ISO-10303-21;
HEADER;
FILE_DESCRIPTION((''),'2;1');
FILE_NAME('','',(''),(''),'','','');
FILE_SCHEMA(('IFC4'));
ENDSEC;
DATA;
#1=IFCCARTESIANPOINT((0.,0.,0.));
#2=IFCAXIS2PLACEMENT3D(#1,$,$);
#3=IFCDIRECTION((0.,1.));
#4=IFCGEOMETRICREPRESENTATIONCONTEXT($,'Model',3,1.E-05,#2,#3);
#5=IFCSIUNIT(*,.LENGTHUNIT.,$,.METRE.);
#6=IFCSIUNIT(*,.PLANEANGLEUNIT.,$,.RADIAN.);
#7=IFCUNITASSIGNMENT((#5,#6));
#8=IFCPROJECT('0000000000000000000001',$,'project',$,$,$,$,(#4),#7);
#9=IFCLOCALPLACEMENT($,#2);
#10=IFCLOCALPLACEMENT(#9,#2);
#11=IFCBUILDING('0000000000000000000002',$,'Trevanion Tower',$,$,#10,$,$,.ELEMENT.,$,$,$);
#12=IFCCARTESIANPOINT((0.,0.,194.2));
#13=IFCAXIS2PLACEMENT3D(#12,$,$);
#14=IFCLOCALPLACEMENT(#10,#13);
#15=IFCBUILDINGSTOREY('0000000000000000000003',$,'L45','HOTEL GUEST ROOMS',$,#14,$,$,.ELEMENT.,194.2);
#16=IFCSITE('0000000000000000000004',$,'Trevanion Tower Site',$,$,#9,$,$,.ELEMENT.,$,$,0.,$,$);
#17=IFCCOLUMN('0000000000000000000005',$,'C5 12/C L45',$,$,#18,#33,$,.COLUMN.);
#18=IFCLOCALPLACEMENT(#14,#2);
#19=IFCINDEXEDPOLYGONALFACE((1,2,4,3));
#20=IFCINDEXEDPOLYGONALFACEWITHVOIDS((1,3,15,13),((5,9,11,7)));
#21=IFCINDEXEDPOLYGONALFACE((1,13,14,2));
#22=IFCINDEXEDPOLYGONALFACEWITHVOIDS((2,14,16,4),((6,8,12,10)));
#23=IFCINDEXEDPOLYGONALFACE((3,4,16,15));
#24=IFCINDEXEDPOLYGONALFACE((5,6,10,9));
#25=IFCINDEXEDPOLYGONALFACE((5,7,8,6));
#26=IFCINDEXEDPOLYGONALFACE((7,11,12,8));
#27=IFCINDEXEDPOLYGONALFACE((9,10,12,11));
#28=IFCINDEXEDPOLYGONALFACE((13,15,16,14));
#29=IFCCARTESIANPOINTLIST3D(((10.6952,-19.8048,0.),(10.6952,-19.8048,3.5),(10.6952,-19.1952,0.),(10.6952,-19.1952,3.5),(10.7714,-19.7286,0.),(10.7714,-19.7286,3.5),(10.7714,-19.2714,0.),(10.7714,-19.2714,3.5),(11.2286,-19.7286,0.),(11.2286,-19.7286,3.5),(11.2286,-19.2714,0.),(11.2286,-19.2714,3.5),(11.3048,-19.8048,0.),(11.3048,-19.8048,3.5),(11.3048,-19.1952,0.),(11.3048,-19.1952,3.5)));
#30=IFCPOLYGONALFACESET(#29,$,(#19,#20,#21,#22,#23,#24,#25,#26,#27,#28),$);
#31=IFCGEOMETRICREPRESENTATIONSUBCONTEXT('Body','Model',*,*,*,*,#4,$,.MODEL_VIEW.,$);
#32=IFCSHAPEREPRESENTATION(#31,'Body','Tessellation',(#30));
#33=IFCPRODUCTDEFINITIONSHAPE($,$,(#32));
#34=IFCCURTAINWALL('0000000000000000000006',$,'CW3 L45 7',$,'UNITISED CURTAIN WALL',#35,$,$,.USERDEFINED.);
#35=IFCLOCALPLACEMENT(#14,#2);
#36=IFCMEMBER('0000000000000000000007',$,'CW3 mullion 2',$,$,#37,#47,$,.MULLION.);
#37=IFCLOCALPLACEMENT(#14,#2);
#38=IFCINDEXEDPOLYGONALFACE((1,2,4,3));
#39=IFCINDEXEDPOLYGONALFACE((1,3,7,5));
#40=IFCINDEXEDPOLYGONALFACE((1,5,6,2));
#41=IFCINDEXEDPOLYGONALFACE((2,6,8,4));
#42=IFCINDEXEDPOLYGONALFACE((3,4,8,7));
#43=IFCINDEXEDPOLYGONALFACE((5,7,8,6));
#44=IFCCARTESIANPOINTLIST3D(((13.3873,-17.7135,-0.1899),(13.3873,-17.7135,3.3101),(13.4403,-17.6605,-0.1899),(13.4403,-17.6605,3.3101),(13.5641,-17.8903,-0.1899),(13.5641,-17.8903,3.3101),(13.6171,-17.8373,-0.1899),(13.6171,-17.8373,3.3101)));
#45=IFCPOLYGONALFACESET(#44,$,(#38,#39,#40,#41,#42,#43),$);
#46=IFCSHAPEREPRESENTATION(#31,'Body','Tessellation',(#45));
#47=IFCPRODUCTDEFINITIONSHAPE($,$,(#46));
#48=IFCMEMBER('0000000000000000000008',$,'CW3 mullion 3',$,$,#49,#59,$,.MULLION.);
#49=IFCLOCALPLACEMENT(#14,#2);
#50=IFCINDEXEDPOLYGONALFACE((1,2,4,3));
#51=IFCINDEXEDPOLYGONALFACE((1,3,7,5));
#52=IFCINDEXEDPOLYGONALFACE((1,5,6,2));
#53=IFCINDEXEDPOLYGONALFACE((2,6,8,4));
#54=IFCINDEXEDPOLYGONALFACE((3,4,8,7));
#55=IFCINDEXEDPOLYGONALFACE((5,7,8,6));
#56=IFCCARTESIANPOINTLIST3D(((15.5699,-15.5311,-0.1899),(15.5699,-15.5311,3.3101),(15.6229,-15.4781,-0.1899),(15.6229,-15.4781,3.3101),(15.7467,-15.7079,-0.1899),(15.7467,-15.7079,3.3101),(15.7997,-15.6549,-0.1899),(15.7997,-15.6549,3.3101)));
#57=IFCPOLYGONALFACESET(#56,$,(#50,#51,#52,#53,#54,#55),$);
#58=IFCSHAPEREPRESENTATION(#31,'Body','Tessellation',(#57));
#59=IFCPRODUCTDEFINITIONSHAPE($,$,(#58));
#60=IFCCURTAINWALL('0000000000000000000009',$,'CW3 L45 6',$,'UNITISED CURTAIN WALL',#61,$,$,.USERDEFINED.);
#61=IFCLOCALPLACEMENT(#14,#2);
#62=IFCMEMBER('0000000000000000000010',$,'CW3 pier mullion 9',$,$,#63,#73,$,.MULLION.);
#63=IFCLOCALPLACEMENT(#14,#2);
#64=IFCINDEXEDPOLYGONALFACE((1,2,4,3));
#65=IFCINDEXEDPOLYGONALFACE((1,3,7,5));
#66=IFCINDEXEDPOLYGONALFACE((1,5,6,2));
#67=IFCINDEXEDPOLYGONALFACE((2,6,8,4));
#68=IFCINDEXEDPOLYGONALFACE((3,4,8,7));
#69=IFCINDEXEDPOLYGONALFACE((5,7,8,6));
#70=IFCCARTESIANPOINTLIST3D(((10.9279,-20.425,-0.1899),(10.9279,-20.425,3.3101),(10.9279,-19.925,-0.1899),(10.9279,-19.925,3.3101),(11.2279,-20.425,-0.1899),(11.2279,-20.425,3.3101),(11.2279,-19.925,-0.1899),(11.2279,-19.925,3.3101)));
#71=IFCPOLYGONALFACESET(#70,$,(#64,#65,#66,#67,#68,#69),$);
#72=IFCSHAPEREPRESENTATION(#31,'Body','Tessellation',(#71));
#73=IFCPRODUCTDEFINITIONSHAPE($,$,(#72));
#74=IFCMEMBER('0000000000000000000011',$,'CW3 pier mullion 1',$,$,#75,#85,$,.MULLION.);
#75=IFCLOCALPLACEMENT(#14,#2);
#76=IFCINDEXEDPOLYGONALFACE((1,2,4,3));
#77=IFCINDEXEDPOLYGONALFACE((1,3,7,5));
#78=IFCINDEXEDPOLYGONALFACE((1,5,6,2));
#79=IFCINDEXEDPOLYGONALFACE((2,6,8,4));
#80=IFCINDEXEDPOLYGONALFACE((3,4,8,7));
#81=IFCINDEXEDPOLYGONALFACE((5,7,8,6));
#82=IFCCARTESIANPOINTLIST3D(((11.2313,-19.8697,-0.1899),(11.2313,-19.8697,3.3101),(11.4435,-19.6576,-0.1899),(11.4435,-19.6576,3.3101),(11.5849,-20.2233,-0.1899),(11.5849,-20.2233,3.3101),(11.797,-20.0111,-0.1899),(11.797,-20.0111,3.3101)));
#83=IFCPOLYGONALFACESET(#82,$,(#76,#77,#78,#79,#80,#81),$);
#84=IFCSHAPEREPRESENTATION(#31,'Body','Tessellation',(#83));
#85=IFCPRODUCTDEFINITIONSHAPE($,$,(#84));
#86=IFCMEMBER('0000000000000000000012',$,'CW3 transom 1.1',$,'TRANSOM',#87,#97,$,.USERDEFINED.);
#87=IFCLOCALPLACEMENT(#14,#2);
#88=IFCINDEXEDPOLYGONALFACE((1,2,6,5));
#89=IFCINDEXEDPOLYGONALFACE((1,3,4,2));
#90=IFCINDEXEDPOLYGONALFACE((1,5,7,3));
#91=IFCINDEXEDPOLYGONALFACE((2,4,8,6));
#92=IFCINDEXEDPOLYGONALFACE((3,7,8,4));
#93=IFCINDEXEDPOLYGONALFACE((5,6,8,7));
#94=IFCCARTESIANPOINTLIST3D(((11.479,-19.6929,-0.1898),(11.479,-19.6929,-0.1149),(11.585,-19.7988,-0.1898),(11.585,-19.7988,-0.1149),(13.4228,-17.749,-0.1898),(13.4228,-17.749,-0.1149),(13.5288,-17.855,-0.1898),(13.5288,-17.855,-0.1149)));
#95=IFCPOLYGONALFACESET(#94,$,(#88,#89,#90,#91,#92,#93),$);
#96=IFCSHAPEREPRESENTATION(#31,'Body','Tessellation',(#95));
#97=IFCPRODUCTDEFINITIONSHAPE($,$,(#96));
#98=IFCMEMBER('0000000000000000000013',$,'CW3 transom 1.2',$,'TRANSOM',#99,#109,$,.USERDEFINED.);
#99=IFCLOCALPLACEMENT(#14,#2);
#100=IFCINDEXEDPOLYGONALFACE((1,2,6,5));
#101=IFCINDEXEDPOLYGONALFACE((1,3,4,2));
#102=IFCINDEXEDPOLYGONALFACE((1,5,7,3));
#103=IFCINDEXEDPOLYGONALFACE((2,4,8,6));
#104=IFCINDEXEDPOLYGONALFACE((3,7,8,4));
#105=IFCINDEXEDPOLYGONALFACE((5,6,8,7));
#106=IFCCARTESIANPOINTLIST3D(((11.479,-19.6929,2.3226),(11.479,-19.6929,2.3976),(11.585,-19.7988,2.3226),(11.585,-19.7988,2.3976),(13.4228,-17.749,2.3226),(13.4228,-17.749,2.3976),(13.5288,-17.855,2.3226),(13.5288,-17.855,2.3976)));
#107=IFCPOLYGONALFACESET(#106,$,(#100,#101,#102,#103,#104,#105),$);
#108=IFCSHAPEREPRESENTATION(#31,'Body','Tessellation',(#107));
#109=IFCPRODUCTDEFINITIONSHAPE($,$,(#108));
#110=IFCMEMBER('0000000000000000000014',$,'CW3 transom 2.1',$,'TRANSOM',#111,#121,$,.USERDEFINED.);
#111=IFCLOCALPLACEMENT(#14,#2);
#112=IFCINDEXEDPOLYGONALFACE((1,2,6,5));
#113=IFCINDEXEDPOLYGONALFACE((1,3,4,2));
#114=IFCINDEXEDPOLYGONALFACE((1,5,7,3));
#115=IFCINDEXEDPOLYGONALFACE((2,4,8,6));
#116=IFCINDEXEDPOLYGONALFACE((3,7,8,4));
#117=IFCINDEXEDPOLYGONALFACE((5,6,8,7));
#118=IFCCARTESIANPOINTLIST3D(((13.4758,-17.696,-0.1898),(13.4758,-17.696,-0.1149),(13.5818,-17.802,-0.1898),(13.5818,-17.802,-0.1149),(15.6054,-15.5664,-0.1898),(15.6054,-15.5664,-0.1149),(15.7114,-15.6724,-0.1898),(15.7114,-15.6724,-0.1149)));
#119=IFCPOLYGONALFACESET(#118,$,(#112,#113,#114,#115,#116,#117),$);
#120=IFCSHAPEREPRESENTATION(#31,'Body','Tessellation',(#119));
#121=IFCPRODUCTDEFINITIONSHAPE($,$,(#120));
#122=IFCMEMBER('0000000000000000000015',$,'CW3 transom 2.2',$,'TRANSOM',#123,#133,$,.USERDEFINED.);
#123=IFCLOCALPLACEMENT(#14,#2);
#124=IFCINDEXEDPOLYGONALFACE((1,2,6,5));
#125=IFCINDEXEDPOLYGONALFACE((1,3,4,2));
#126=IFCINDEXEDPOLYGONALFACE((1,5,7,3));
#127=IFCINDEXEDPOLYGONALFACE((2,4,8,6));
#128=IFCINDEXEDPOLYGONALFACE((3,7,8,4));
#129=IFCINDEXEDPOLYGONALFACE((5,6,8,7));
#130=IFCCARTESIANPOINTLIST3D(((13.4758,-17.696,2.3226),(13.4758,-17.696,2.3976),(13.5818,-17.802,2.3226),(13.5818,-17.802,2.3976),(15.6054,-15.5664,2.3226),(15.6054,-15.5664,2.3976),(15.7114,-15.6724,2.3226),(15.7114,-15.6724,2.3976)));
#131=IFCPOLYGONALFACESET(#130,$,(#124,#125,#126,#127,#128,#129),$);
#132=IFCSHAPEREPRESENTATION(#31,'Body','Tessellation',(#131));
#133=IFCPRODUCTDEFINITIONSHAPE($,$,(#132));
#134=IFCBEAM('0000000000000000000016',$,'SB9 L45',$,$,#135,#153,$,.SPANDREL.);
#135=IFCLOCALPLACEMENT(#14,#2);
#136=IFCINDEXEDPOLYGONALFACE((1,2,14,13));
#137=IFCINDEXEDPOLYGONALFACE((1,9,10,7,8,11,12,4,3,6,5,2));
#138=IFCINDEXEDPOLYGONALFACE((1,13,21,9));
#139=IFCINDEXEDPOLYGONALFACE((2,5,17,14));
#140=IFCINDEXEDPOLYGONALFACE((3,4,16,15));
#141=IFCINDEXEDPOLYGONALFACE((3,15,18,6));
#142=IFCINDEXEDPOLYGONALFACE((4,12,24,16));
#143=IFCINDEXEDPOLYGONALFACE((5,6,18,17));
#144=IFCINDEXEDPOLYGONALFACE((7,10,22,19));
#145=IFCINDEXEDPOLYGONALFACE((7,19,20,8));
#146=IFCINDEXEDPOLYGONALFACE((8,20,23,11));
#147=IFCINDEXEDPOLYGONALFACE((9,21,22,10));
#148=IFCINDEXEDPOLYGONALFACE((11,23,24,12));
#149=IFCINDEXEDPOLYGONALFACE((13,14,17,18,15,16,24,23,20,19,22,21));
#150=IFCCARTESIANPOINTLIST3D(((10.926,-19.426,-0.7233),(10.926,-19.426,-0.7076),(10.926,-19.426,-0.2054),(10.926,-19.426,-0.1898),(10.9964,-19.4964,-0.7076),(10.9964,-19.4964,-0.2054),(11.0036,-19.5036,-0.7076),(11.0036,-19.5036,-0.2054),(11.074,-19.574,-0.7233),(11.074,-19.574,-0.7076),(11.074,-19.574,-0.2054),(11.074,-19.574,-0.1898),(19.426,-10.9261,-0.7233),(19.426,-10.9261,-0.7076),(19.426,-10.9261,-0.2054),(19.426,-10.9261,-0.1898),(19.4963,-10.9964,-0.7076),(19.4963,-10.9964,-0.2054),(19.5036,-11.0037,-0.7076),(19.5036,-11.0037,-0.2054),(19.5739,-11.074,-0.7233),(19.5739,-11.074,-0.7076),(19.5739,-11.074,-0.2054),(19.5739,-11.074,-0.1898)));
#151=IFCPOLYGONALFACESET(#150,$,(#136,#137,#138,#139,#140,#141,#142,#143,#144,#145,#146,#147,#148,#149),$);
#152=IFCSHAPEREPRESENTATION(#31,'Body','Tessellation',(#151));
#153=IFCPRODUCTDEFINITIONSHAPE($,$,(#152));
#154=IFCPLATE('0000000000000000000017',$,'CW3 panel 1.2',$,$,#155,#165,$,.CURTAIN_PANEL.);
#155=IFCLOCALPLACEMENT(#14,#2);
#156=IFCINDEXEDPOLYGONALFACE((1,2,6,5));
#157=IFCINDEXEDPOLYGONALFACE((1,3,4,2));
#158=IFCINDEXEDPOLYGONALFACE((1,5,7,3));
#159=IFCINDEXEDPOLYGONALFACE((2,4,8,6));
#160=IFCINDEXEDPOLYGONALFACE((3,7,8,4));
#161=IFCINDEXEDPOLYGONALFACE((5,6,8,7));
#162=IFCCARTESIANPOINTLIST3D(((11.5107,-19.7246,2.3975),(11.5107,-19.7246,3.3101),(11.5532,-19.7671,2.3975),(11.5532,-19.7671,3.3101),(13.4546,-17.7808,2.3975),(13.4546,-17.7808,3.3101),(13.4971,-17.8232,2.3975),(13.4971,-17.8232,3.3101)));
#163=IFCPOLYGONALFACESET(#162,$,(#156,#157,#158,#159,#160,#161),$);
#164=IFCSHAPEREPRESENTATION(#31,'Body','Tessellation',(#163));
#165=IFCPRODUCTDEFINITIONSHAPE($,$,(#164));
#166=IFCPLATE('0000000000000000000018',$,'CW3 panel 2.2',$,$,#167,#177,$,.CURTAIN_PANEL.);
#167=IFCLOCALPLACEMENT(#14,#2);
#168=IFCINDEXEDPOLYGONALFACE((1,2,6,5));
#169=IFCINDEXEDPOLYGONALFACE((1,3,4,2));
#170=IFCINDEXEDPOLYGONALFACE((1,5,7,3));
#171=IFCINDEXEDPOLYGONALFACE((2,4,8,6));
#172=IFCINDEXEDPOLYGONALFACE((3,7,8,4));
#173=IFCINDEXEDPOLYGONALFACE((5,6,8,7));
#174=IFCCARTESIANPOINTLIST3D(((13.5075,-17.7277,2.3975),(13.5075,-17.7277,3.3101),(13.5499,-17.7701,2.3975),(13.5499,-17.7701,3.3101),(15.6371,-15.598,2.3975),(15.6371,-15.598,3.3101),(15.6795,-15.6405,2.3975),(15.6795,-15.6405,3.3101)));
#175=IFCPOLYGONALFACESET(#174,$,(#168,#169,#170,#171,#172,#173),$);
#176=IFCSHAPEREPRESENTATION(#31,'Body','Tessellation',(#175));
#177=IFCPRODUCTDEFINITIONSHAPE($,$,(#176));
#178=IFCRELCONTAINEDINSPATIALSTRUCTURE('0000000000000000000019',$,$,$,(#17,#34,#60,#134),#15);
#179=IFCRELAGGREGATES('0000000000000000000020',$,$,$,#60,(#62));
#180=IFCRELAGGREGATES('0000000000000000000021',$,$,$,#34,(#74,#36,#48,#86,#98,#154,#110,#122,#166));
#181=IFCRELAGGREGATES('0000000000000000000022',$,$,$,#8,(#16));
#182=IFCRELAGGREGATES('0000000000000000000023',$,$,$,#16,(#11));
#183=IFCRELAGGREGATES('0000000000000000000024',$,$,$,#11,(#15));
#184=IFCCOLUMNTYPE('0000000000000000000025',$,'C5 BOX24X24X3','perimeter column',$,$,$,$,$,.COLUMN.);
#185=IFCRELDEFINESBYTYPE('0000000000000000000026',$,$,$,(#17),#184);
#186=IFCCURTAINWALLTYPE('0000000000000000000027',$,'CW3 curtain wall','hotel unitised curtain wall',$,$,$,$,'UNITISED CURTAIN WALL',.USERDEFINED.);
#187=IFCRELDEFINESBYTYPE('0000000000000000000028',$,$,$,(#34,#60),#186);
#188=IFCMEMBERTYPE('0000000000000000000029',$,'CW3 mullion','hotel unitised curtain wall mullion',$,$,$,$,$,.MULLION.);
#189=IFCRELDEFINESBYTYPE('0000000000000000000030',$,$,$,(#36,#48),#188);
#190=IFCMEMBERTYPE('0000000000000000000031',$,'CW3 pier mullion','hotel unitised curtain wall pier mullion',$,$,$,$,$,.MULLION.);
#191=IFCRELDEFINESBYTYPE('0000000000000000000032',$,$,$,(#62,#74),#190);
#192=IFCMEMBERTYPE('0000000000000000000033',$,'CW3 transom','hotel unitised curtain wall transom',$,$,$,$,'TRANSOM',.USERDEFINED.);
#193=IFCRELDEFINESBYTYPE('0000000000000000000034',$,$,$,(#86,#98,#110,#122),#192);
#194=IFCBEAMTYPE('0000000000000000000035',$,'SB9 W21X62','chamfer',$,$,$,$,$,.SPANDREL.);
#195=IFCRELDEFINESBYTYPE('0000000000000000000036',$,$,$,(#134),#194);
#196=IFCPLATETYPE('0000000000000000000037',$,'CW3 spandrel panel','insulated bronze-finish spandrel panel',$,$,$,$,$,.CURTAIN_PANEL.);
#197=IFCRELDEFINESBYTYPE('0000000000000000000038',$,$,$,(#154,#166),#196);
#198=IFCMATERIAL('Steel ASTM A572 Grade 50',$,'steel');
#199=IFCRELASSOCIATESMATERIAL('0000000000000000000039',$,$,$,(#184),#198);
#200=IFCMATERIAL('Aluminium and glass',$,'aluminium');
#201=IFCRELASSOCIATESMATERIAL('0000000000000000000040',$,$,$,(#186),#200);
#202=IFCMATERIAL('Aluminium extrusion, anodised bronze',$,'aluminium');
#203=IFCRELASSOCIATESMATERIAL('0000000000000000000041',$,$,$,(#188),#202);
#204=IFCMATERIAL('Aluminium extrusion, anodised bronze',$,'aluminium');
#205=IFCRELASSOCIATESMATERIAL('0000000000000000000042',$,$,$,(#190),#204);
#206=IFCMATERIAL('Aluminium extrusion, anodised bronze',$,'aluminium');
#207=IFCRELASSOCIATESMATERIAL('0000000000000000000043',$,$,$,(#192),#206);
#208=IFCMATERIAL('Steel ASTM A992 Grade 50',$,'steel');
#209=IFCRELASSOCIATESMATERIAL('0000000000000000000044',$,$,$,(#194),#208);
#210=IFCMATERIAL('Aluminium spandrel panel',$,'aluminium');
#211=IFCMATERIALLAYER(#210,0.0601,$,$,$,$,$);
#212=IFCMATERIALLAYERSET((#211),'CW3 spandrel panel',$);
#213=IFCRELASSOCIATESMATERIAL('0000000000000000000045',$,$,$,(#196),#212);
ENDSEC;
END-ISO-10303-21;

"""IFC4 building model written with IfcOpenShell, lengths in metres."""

from ifc_helpers import new_model, si_unit, direction, frame, origin, origin_2d, place, context, subcontext, project, spatial, rectangle, hollow_rectangle, i_section, extrude, material, layer, layer_set, material_profile, profile_set, type_object, element, aggregate, save


model = new_model("IFC4")

# Units and contexts
model_context = context("Model", 3, precision=1e-05, world=origin(), true_north=direction((0.0, 1.0)))
body_context = subcontext(model_context, "Body", "Model", "MODEL_VIEW")
ifc_project = project(units=[si_unit("LENGTHUNIT", "METRE"), si_unit("PLANEANGLEUNIT", "RADIAN")], contexts=[model_context])

# Site, building, storey
site_placement = place(None, origin())
site = spatial("IfcSite", under=ifc_project, at=site_placement, Name="Trevanion Tower Site", CompositionType="ELEMENT", RefElevation=0.0)
building_placement = place(site_placement, origin())
building = spatial("IfcBuilding", under=site, at=building_placement, Name="Trevanion Tower", CompositionType="ELEMENT")
storey_placement = place(building_placement, frame((0.0, 0.0, 194.2)))
storey = spatial("IfcBuildingStorey", under=building, at=storey_placement, Name="L45", Description="HOTEL GUEST ROOMS", CompositionType="ELEMENT", Elevation=194.2)

# Column
ifc_material_1 = material(Name="Steel ASTM A572 Grade 50", Category="steel")
ifc_material_profile_1 = material_profile(ifc_material_1, hollow_rectangle(XDim=0.6096, YDim=0.6096, WallThickness=0.0762, at=origin_2d()), Name="BOX24X24X3")
ifc_profile_set_1 = profile_set([ifc_material_profile_1], Name="Steel ASTM A572 Grade 50")
column_type = type_object("IfcColumnType", Name="C5 BOX24X24X3", Description="perimeter column", PredefinedType="COLUMN", material=ifc_profile_set_1)
column_placement = place(storey_placement, frame((11.0, -19.5, 0.0), z_axis=(0.0, 0.0, 1.0), x_axis=(1.0, 0.0, 0.0)))
element("IfcColumn", 1, at=column_placement, inside=storey, type_object=column_type, Name="C5 12/C L45", PredefinedType="COLUMN", context=body_context, shape_type="SweptSolid", body=[
    extrude(hollow_rectangle(XDim=0.6096, YDim=0.6096, WallThickness=0.0762, at=origin_2d()), origin(), (0.0, 0.0, 1.0), 3.5),
])

# Curtain wall, members
ifc_material_2 = material(Name="Aluminium and glass", Category="aluminium")
curtain_wall_type = type_object("IfcCurtainWallType", Name="CW3 curtain wall", Description="hotel unitised curtain wall", ElementType="UNITISED CURTAIN WALL", PredefinedType="USERDEFINED", material=ifc_material_2)
curtain_wall_1_placement = place(storey_placement, origin())
curtain_wall_1 = element("IfcCurtainWall", 2, at=curtain_wall_1_placement, inside=storey, type_object=curtain_wall_type, Name="CW3 L45 7", ObjectType="UNITISED CURTAIN WALL", PredefinedType="USERDEFINED")
ifc_material_3 = material(Name="Aluminium extrusion, anodised bronze", Category="aluminium")
ifc_material_profile_2 = material_profile(ifc_material_3, rectangle(XDim=0.075, YDim=0.25, at=origin_2d()), Name="CW3 mullion")
ifc_profile_set_2 = profile_set([ifc_material_profile_2], Name="Aluminium extrusion, anodised bronze")
member_type_1 = type_object("IfcMemberType", Name="CW3 mullion", Description="hotel unitised curtain wall mullion", PredefinedType="MULLION", material=ifc_profile_set_2)
member_1_placement = place(storey_placement, frame((13.5022, -17.7754, -0.1899), z_axis=(0.0, 0.0, 1.0), x_axis=(0.707107, 0.707107, 0.0)))
member_1 = element("IfcMember", 3, at=member_1_placement, type_object=member_type_1, Name="CW3 mullion 2", PredefinedType="MULLION", context=body_context, shape_type="SweptSolid", body=[
    extrude(rectangle(XDim=0.075, YDim=0.25, at=origin_2d()), origin(), (0.0, 0.0, 1.0), 3.5),
])
member_2_placement = place(storey_placement, frame((15.6848, -15.593, -0.1899), z_axis=(0.0, 0.0, 1.0), x_axis=(0.707107, 0.707107, 0.0)))
member_2 = element("IfcMember", 4, at=member_2_placement, type_object=member_type_1, Name="CW3 mullion 3", PredefinedType="MULLION", context=body_context, shape_type="SweptSolid", body=[
    extrude(rectangle(XDim=0.075, YDim=0.25, at=origin_2d()), origin(), (0.0, 0.0, 1.0), 3.5),
])

# Curtain wall, member
curtain_wall_2_placement = place(storey_placement, origin())
curtain_wall_2 = element("IfcCurtainWall", 5, at=curtain_wall_2_placement, inside=storey, type_object=curtain_wall_type, Name="CW3 L45 6", ObjectType="UNITISED CURTAIN WALL", PredefinedType="USERDEFINED")
ifc_material_4 = material(Name="Aluminium extrusion, anodised bronze", Category="aluminium")
ifc_material_profile_3 = material_profile(ifc_material_4, rectangle(XDim=0.3, YDim=0.5, at=origin_2d()), Name="CW3 pier mullion")
ifc_profile_set_3 = profile_set([ifc_material_profile_3], Name="Aluminium extrusion, anodised bronze")
member_type_2 = type_object("IfcMemberType", Name="CW3 pier mullion", Description="hotel unitised curtain wall pier mullion", PredefinedType="MULLION", material=ifc_profile_set_3)
member_3_placement = place(storey_placement, frame((11.0779, -20.175, -0.1899), z_axis=(0.0, 0.0, 1.0), x_axis=(1.0, 0.0, 0.0)))
member_3 = element("IfcMember", 6, at=member_3_placement, type_object=member_type_2, Name="CW3 pier mullion 9", PredefinedType="MULLION", context=body_context, shape_type="SweptSolid", body=[
    extrude(rectangle(XDim=0.3, YDim=0.5, at=origin_2d()), origin(), (0.0, 0.0, 1.0), 3.5),
])
aggregate(curtain_wall_2, [member_3])

# Members
member_4_placement = place(storey_placement, frame((11.5142, -19.9404, -0.1899), z_axis=(0.0, 0.0, 1.0), x_axis=(0.707107, 0.707107, 0.0)))
member_4 = element("IfcMember", 7, at=member_4_placement, type_object=member_type_2, Name="CW3 pier mullion 1", PredefinedType="MULLION", context=body_context, shape_type="SweptSolid", body=[
    extrude(rectangle(XDim=0.3, YDim=0.5, at=origin_2d()), origin(), (0.0, 0.0, 1.0), 3.5),
])
ifc_material_5 = material(Name="Aluminium extrusion, anodised bronze", Category="aluminium")
ifc_material_profile_4 = material_profile(ifc_material_5, rectangle(XDim=0.1499, YDim=0.075, at=origin_2d()), Name="CW3 transom")
ifc_profile_set_4 = profile_set([ifc_material_profile_4], Name="Aluminium extrusion, anodised bronze")
member_type_3 = type_object("IfcMemberType", Name="CW3 transom", Description="hotel unitised curtain wall transom", ElementType="TRANSOM", PredefinedType="USERDEFINED", material=ifc_profile_set_4)
member_5_placement = place(storey_placement, frame((11.532, -19.7458, -0.1523), z_axis=(0.707107, 0.707107, 0.0), x_axis=(-0.707107, 0.707107, 0.0)))
member_5 = element("IfcMember", 8, at=member_5_placement, type_object=member_type_3, Name="CW3 transom 1.1", ObjectType="TRANSOM", PredefinedType="USERDEFINED", context=body_context, shape_type="SweptSolid", body=[
    extrude(rectangle(XDim=0.1499, YDim=0.075, at=origin_2d()), origin(), (0.0, 0.0, 1.0), 2.749),
])
member_6_placement = place(storey_placement, frame((11.532, -19.7458, 2.3601), z_axis=(0.707107, 0.707107, 0.0), x_axis=(-0.707107, 0.707107, 0.0)))
member_6 = element("IfcMember", 9, at=member_6_placement, type_object=member_type_3, Name="CW3 transom 1.2", ObjectType="TRANSOM", PredefinedType="USERDEFINED", context=body_context, shape_type="SweptSolid", body=[
    extrude(rectangle(XDim=0.1499, YDim=0.075, at=origin_2d()), origin(), (0.0, 0.0, 1.0), 2.749),
])
member_7_placement = place(storey_placement, frame((13.5288, -17.749, -0.1523), z_axis=(0.707107, 0.707107, 0.0), x_axis=(-0.707107, 0.707107, 0.0)))
member_7 = element("IfcMember", 10, at=member_7_placement, type_object=member_type_3, Name="CW3 transom 2.1", ObjectType="TRANSOM", PredefinedType="USERDEFINED", context=body_context, shape_type="SweptSolid", body=[
    extrude(rectangle(XDim=0.1499, YDim=0.075, at=origin_2d()), origin(), (0.0, 0.0, 1.0), 3.0117),
])
member_8_placement = place(storey_placement, frame((13.5288, -17.749, 2.3601), z_axis=(0.707107, 0.707107, 0.0), x_axis=(-0.707107, 0.707107, 0.0)))
member_8 = element("IfcMember", 11, at=member_8_placement, type_object=member_type_3, Name="CW3 transom 2.2", ObjectType="TRANSOM", PredefinedType="USERDEFINED", context=body_context, shape_type="SweptSolid", body=[
    extrude(rectangle(XDim=0.1499, YDim=0.075, at=origin_2d()), origin(), (0.0, 0.0, 1.0), 3.0117),
])

# Beam
ifc_material_6 = material(Name="Steel ASTM A992 Grade 50", Category="steel")
ifc_material_profile_5 = material_profile(ifc_material_6, i_section(OverallWidth=0.2092, OverallDepth=0.5334, WebThickness=0.0103, FlangeThickness=0.0156, at=origin_2d()), Name="W21X62")
ifc_profile_set_5 = profile_set([ifc_material_profile_5], Name="Steel ASTM A992 Grade 50")
beam_type = type_object("IfcBeamType", Name="SB9 W21X62", Description="chamfer", PredefinedType="SPANDREL", material=ifc_profile_set_5)
beam_placement = place(storey_placement, frame((11.0, -19.5, -0.4565), z_axis=(0.707107, 0.707107, 0.0), x_axis=(-0.707107, 0.707107, 0.0)))
element("IfcBeam", 12, at=beam_placement, inside=storey, type_object=beam_type, Name="SB9 L45", PredefinedType="SPANDREL", context=body_context, shape_type="SweptSolid", body=[
    extrude(i_section(OverallWidth=0.2092, OverallDepth=0.5334, WebThickness=0.0103, FlangeThickness=0.0156, at=origin_2d()), origin(), (0.0, 0.0, 1.0), 12.0208),
])

# Plates
ifc_material_7 = material(Name="Aluminium spandrel panel", Category="aluminium")
ifc_layer_1 = layer(ifc_material_7, 0.0601)
ifc_layer_set_1 = layer_set([ifc_layer_1], Name="CW3 spandrel panel")
plate_type_1 = type_object("IfcPlateType", Name="CW3 spandrel panel", Description="insulated bronze-finish spandrel panel", PredefinedType="CURTAIN_PANEL", material=ifc_layer_set_1)
plate_1_placement = place(storey_placement, frame((12.5039, -18.7739, 2.3975), z_axis=(0.0, 0.0, 1.0), x_axis=(0.707107, 0.707107, 0.0)))
plate_1 = element("IfcPlate", 13, at=plate_1_placement, type_object=plate_type_1, Name="CW3 panel 1.2", PredefinedType="CURTAIN_PANEL", context=body_context, shape_type="SweptSolid", body=[
    extrude(rectangle(XDim=2.749, YDim=0.0601, at=origin_2d()), origin(), (0.0, 0.0, 1.0), 0.9126),
])
plate_2_placement = place(storey_placement, frame((14.5935, -16.6841, 2.3975), z_axis=(0.0, 0.0, 1.0), x_axis=(0.707107, 0.707107, 0.0)))
plate_2 = element("IfcPlate", 14, at=plate_2_placement, type_object=plate_type_1, Name="CW3 panel 2.2", PredefinedType="CURTAIN_PANEL", context=body_context, shape_type="SweptSolid", body=[
    extrude(rectangle(XDim=3.0117, YDim=0.0601, at=origin_2d()), origin(), (0.0, 0.0, 1.0), 0.9126),
])
aggregate(curtain_wall_1, [member_4, member_1, member_2, member_5, member_6, plate_1, member_7, member_8, plate_2])

save(model, "model.ifc")
